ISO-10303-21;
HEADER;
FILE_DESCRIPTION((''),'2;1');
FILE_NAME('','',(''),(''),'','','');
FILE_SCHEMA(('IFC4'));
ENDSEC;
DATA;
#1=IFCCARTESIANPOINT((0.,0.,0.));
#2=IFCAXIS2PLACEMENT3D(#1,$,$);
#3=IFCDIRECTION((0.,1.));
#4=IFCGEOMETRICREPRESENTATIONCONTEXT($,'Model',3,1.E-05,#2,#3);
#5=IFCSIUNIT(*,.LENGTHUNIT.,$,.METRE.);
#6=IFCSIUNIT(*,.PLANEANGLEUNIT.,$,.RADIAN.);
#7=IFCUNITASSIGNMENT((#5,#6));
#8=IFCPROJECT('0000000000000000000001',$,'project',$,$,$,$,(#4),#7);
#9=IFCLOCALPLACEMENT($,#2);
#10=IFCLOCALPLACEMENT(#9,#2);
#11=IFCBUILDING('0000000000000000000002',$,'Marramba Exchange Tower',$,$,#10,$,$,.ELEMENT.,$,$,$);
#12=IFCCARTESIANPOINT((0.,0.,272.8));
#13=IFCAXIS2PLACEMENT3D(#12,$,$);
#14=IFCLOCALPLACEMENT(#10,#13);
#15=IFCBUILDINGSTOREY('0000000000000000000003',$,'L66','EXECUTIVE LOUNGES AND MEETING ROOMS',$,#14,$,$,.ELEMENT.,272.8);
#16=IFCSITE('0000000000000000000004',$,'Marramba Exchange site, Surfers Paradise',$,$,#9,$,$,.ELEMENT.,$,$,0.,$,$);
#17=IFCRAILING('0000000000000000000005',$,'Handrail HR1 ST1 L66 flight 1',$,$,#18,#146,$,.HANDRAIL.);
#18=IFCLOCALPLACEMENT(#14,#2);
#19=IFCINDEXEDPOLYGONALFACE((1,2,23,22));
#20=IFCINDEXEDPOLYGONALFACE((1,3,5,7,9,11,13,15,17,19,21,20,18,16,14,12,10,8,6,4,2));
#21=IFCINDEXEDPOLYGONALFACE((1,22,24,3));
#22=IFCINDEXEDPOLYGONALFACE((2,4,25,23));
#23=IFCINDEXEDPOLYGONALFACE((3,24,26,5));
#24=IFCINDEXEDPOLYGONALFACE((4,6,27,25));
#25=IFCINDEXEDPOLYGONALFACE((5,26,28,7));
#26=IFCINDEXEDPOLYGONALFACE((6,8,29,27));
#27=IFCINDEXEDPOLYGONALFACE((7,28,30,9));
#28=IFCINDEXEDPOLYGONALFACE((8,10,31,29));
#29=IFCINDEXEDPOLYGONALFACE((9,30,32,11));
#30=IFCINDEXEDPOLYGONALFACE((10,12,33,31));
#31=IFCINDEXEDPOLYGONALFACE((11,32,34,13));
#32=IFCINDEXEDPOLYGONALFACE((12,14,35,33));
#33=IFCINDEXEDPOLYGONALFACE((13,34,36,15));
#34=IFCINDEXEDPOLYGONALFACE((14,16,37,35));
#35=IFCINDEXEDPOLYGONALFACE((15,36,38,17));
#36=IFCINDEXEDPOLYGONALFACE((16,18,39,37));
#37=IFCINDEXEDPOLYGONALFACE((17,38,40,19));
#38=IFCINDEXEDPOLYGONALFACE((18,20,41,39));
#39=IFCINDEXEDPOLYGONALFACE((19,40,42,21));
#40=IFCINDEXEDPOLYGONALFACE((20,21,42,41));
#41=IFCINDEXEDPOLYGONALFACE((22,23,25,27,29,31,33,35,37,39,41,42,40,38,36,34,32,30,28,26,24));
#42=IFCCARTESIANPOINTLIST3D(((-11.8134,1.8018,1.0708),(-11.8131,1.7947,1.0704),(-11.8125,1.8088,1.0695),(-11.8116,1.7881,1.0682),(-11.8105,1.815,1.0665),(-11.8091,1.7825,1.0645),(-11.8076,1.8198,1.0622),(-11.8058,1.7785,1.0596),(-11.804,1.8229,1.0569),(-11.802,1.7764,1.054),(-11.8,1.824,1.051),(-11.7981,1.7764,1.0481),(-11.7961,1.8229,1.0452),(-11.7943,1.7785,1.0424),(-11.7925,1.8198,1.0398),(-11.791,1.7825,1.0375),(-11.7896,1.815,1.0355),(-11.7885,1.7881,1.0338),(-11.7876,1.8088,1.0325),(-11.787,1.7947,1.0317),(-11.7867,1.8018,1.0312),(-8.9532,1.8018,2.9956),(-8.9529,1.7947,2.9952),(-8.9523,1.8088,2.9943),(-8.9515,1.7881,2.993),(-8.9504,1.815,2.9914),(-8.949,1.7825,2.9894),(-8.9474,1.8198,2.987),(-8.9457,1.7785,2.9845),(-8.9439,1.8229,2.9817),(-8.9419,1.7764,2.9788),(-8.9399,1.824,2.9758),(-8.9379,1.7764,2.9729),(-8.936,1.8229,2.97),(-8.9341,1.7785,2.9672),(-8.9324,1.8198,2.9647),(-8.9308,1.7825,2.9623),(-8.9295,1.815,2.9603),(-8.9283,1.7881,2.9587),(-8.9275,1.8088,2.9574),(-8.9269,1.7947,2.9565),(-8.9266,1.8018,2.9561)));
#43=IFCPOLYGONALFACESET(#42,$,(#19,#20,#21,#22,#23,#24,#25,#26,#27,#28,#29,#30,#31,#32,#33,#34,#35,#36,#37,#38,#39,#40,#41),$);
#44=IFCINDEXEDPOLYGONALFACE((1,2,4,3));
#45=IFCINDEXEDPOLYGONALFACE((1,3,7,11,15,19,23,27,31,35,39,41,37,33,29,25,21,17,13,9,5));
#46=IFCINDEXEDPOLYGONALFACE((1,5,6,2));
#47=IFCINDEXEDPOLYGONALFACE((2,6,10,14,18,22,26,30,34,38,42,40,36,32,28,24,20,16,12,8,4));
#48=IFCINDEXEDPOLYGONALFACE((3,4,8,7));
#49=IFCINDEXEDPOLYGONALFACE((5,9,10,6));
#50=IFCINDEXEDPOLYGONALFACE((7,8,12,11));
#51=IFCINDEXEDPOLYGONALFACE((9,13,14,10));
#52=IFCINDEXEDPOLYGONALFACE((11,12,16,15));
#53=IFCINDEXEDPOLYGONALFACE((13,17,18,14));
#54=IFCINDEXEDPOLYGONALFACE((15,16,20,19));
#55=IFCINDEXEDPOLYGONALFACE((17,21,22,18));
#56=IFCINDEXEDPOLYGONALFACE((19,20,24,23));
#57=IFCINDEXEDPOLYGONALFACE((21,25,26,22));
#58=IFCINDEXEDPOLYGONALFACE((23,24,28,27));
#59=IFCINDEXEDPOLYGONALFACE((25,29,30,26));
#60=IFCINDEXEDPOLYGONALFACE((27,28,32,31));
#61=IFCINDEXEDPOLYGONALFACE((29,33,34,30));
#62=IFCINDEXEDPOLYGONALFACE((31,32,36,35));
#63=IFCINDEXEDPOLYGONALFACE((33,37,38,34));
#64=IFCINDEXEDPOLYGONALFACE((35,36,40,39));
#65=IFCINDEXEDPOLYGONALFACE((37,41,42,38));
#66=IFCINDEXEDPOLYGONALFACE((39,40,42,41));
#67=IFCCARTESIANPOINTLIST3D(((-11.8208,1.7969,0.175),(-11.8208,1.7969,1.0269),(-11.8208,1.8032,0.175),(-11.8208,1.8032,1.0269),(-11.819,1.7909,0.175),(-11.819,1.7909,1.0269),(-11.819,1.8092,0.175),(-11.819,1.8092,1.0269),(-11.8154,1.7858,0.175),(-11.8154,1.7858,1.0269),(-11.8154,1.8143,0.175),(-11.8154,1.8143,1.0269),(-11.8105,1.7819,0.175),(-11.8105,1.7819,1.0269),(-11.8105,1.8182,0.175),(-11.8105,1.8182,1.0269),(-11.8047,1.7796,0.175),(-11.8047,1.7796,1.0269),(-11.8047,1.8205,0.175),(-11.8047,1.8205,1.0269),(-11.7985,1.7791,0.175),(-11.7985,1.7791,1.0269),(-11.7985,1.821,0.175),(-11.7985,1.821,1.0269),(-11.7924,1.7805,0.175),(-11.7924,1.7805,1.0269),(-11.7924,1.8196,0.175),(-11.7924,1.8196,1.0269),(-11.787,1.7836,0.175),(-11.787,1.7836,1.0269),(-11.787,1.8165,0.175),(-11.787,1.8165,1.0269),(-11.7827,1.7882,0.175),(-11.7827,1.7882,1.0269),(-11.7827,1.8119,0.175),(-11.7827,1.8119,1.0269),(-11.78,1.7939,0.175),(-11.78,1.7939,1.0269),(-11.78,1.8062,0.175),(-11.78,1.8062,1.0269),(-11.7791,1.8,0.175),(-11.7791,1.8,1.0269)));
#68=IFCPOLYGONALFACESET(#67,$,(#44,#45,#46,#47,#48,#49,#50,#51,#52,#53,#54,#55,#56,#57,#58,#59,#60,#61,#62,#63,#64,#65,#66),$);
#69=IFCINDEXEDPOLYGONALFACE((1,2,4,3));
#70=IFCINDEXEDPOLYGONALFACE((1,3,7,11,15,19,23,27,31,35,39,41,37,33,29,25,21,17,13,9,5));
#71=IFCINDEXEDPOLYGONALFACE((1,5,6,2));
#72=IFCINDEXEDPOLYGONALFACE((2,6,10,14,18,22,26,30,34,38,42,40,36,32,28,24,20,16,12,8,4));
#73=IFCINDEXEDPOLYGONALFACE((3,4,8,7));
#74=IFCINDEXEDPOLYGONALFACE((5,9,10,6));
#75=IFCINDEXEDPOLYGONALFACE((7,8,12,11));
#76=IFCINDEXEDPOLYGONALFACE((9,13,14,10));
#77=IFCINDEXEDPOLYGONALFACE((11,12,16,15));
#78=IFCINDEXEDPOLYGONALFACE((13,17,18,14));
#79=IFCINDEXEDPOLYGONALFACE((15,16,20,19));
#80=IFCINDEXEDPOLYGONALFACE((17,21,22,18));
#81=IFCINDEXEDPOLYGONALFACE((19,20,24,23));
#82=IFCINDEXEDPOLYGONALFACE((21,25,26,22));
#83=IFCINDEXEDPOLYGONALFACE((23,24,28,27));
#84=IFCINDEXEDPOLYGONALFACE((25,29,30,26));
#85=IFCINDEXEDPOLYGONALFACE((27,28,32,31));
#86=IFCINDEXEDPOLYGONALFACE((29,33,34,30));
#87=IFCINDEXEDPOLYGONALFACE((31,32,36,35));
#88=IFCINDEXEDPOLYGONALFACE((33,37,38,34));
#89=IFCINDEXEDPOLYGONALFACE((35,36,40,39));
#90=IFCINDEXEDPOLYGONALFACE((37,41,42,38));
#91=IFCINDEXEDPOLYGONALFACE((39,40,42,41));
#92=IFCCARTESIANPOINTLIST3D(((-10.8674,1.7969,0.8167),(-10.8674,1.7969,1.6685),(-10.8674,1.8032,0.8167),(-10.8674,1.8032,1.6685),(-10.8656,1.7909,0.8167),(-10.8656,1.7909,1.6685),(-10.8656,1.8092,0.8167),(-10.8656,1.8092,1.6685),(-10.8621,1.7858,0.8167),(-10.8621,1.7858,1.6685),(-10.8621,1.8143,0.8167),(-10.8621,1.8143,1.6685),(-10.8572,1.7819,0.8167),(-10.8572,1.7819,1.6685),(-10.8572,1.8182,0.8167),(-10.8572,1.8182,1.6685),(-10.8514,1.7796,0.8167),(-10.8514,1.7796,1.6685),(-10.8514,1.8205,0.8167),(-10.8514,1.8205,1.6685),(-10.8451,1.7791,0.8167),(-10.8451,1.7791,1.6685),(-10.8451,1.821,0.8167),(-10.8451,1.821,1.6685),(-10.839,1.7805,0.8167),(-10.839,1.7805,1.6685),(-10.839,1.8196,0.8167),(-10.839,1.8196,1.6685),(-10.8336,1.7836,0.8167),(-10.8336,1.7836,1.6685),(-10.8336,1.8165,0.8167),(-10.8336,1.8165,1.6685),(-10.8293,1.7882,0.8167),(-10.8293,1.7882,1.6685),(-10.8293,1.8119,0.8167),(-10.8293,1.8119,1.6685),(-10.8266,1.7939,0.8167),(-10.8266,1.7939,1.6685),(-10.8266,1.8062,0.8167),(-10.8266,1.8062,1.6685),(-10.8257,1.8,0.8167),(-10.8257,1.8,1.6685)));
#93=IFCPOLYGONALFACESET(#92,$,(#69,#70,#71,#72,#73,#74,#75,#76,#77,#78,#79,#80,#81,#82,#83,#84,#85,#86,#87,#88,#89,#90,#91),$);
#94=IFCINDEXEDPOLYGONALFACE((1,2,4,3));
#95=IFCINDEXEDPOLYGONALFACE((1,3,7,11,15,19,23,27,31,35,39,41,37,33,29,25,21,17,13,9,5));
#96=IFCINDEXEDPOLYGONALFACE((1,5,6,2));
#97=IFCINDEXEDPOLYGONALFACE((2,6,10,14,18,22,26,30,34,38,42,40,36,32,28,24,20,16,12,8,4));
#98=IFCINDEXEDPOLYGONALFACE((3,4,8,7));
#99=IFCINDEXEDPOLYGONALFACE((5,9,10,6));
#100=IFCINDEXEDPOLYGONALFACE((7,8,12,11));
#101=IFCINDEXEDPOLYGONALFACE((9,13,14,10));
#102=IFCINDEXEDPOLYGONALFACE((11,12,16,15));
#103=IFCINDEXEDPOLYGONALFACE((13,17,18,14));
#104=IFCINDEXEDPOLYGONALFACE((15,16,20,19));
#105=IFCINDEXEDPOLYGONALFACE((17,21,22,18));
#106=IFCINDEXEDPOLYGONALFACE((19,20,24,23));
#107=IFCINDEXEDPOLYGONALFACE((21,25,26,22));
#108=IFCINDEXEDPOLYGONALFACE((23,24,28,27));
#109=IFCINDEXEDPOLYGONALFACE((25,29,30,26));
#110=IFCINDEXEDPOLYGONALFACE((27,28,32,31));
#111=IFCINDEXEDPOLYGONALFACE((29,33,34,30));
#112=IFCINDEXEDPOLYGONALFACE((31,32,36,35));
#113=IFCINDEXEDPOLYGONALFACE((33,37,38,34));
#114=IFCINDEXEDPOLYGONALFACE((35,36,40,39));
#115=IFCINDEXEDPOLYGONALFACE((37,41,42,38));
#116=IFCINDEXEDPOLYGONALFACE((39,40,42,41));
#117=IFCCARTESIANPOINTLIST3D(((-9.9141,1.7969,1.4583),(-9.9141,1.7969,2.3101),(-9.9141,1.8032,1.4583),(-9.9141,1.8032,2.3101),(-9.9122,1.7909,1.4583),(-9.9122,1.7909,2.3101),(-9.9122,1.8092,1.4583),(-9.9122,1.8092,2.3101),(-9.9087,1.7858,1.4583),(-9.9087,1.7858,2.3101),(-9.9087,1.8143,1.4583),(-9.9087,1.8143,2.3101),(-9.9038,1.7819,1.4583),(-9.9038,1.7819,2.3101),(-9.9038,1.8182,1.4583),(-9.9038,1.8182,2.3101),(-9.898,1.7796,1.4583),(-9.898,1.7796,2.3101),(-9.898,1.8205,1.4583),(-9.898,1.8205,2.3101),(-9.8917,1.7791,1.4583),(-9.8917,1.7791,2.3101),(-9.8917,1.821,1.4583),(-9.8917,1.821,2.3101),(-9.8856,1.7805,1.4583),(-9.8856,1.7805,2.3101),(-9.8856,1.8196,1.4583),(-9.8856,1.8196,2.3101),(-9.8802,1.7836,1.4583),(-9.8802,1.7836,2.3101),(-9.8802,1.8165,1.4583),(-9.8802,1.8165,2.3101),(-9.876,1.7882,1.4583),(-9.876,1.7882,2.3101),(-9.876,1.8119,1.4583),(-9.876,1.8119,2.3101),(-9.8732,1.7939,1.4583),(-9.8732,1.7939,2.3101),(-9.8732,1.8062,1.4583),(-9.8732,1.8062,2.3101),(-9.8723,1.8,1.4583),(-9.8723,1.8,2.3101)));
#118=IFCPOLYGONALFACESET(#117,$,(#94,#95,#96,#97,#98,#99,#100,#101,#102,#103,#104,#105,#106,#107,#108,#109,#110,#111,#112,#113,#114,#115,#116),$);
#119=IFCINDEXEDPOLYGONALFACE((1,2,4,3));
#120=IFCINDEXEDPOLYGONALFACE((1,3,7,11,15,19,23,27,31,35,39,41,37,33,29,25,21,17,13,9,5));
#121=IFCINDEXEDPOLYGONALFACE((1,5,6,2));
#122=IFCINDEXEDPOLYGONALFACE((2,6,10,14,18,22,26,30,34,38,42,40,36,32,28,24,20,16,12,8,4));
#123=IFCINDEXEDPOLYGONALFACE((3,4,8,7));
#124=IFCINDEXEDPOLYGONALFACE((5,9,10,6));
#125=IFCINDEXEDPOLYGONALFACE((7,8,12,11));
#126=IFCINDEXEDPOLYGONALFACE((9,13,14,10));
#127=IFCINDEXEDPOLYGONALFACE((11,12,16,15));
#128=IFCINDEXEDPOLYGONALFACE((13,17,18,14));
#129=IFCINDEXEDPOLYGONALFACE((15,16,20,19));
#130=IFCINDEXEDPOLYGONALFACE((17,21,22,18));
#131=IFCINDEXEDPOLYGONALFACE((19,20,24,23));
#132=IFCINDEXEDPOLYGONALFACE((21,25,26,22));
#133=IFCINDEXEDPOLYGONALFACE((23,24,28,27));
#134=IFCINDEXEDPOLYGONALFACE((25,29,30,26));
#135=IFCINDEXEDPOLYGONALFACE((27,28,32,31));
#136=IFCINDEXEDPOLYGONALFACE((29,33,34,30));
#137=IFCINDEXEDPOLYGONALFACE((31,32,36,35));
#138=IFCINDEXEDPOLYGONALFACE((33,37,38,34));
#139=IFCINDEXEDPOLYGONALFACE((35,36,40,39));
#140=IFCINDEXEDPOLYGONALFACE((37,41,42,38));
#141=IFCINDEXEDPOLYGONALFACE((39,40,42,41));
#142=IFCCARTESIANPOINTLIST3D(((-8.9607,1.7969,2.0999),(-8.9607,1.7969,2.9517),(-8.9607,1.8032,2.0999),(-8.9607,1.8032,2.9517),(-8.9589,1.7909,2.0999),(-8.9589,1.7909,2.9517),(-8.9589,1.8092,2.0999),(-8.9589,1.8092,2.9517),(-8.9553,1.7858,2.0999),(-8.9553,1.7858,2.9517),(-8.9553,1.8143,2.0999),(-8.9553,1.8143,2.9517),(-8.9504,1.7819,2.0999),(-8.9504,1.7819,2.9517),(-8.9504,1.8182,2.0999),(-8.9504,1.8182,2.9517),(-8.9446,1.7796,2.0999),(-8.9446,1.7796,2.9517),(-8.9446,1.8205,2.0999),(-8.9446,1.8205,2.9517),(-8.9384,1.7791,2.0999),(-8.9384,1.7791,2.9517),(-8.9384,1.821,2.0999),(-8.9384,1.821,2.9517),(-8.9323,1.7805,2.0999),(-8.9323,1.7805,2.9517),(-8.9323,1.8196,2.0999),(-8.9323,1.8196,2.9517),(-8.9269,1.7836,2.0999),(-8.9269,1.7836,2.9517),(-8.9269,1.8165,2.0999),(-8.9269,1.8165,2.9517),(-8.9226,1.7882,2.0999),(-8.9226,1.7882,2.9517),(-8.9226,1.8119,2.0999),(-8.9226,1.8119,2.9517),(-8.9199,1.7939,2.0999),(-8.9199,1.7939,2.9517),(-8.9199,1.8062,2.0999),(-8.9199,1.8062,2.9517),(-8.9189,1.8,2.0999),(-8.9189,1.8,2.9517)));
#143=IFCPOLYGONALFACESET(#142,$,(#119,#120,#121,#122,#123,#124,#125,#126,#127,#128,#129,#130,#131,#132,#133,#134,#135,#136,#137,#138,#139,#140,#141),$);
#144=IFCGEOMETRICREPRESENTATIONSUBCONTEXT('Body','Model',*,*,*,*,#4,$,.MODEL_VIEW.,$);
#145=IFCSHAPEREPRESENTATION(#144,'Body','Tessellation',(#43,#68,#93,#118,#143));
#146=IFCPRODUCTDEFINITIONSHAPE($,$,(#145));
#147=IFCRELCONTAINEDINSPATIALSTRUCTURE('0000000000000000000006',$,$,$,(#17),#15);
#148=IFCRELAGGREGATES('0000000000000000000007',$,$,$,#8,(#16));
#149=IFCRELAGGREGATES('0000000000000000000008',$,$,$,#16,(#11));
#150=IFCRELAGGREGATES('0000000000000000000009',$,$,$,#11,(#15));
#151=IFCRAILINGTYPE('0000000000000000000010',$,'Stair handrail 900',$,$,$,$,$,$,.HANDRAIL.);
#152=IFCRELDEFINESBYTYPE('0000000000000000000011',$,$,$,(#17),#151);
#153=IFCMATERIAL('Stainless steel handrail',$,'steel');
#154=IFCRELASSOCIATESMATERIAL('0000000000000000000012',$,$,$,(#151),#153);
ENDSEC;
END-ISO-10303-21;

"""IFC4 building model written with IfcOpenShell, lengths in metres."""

from ifc_helpers import new_model, si_unit, direction, frame, origin, origin_2d, place, context, subcontext, project, spatial, circle, extrude, material, type_object, element, save


model = new_model("IFC4")

# Units and contexts
model_context = context("Model", 3, precision=1e-05, world=origin(), true_north=direction((0.0, 1.0)))
body_context = subcontext(model_context, "Body", "Model", "MODEL_VIEW")
ifc_project = project(units=[si_unit("LENGTHUNIT", "METRE"), si_unit("PLANEANGLEUNIT", "RADIAN")], contexts=[model_context])

# Site, building, storey
site_placement = place(None, origin())
site = spatial("IfcSite", under=ifc_project, at=site_placement, Name="Marramba Exchange site, Surfers Paradise", CompositionType="ELEMENT", RefElevation=0.0)
building_placement = place(site_placement, origin())
building = spatial("IfcBuilding", under=site, at=building_placement, Name="Marramba Exchange Tower", CompositionType="ELEMENT")
storey_placement = place(building_placement, frame((0.0, 0.0, 272.8)))
storey = spatial("IfcBuildingStorey", under=building, at=storey_placement, Name="L66", Description="EXECUTIVE LOUNGES AND MEETING ROOMS", CompositionType="ELEMENT", Elevation=272.8)

# Railing
ifc_material_1 = material(Name="Stainless steel handrail", Category="steel")
railing_type = type_object("IfcRailingType", Name="Stair handrail 900", PredefinedType="HANDRAIL", material=ifc_material_1)
railing_placement = place(storey_placement, frame((-11.8, 1.8, 0.175)))
element("IfcRailing", 1, at=railing_placement, inside=storey, type_object=railing_type, Name="Handrail HR1 ST1 L66 flight 1", PredefinedType="HANDRAIL", context=body_context, shape_type="SweptSolid", body=[
    extrude(circle(Radius=0.0239, at=origin_2d()), frame((0.0, 0.0, 0.876), z_axis=(0.829624, 0.0, 0.558323), x_axis=(0.0, 1.0, 0.0)), (0.0, 0.0, 1.0), 3.4475),
    extrude(circle(Radius=0.021, at=origin_2d()), origin(), (0.0, 0.0, 1.0), 0.8518),
    extrude(circle(Radius=0.021, at=origin_2d()), frame((0.9534, 0.0, 0.6416)), (0.0, 0.0, 1.0), 0.8518),
    extrude(circle(Radius=0.021, at=origin_2d()), frame((1.9067, 0.0, 1.2832)), (0.0, 0.0, 1.0), 0.8518),
    extrude(circle(Radius=0.021, at=origin_2d()), frame((2.8601, 0.0, 1.9248)), (0.0, 0.0, 1.0), 0.8518),
])

save(model, "model.ifc")
